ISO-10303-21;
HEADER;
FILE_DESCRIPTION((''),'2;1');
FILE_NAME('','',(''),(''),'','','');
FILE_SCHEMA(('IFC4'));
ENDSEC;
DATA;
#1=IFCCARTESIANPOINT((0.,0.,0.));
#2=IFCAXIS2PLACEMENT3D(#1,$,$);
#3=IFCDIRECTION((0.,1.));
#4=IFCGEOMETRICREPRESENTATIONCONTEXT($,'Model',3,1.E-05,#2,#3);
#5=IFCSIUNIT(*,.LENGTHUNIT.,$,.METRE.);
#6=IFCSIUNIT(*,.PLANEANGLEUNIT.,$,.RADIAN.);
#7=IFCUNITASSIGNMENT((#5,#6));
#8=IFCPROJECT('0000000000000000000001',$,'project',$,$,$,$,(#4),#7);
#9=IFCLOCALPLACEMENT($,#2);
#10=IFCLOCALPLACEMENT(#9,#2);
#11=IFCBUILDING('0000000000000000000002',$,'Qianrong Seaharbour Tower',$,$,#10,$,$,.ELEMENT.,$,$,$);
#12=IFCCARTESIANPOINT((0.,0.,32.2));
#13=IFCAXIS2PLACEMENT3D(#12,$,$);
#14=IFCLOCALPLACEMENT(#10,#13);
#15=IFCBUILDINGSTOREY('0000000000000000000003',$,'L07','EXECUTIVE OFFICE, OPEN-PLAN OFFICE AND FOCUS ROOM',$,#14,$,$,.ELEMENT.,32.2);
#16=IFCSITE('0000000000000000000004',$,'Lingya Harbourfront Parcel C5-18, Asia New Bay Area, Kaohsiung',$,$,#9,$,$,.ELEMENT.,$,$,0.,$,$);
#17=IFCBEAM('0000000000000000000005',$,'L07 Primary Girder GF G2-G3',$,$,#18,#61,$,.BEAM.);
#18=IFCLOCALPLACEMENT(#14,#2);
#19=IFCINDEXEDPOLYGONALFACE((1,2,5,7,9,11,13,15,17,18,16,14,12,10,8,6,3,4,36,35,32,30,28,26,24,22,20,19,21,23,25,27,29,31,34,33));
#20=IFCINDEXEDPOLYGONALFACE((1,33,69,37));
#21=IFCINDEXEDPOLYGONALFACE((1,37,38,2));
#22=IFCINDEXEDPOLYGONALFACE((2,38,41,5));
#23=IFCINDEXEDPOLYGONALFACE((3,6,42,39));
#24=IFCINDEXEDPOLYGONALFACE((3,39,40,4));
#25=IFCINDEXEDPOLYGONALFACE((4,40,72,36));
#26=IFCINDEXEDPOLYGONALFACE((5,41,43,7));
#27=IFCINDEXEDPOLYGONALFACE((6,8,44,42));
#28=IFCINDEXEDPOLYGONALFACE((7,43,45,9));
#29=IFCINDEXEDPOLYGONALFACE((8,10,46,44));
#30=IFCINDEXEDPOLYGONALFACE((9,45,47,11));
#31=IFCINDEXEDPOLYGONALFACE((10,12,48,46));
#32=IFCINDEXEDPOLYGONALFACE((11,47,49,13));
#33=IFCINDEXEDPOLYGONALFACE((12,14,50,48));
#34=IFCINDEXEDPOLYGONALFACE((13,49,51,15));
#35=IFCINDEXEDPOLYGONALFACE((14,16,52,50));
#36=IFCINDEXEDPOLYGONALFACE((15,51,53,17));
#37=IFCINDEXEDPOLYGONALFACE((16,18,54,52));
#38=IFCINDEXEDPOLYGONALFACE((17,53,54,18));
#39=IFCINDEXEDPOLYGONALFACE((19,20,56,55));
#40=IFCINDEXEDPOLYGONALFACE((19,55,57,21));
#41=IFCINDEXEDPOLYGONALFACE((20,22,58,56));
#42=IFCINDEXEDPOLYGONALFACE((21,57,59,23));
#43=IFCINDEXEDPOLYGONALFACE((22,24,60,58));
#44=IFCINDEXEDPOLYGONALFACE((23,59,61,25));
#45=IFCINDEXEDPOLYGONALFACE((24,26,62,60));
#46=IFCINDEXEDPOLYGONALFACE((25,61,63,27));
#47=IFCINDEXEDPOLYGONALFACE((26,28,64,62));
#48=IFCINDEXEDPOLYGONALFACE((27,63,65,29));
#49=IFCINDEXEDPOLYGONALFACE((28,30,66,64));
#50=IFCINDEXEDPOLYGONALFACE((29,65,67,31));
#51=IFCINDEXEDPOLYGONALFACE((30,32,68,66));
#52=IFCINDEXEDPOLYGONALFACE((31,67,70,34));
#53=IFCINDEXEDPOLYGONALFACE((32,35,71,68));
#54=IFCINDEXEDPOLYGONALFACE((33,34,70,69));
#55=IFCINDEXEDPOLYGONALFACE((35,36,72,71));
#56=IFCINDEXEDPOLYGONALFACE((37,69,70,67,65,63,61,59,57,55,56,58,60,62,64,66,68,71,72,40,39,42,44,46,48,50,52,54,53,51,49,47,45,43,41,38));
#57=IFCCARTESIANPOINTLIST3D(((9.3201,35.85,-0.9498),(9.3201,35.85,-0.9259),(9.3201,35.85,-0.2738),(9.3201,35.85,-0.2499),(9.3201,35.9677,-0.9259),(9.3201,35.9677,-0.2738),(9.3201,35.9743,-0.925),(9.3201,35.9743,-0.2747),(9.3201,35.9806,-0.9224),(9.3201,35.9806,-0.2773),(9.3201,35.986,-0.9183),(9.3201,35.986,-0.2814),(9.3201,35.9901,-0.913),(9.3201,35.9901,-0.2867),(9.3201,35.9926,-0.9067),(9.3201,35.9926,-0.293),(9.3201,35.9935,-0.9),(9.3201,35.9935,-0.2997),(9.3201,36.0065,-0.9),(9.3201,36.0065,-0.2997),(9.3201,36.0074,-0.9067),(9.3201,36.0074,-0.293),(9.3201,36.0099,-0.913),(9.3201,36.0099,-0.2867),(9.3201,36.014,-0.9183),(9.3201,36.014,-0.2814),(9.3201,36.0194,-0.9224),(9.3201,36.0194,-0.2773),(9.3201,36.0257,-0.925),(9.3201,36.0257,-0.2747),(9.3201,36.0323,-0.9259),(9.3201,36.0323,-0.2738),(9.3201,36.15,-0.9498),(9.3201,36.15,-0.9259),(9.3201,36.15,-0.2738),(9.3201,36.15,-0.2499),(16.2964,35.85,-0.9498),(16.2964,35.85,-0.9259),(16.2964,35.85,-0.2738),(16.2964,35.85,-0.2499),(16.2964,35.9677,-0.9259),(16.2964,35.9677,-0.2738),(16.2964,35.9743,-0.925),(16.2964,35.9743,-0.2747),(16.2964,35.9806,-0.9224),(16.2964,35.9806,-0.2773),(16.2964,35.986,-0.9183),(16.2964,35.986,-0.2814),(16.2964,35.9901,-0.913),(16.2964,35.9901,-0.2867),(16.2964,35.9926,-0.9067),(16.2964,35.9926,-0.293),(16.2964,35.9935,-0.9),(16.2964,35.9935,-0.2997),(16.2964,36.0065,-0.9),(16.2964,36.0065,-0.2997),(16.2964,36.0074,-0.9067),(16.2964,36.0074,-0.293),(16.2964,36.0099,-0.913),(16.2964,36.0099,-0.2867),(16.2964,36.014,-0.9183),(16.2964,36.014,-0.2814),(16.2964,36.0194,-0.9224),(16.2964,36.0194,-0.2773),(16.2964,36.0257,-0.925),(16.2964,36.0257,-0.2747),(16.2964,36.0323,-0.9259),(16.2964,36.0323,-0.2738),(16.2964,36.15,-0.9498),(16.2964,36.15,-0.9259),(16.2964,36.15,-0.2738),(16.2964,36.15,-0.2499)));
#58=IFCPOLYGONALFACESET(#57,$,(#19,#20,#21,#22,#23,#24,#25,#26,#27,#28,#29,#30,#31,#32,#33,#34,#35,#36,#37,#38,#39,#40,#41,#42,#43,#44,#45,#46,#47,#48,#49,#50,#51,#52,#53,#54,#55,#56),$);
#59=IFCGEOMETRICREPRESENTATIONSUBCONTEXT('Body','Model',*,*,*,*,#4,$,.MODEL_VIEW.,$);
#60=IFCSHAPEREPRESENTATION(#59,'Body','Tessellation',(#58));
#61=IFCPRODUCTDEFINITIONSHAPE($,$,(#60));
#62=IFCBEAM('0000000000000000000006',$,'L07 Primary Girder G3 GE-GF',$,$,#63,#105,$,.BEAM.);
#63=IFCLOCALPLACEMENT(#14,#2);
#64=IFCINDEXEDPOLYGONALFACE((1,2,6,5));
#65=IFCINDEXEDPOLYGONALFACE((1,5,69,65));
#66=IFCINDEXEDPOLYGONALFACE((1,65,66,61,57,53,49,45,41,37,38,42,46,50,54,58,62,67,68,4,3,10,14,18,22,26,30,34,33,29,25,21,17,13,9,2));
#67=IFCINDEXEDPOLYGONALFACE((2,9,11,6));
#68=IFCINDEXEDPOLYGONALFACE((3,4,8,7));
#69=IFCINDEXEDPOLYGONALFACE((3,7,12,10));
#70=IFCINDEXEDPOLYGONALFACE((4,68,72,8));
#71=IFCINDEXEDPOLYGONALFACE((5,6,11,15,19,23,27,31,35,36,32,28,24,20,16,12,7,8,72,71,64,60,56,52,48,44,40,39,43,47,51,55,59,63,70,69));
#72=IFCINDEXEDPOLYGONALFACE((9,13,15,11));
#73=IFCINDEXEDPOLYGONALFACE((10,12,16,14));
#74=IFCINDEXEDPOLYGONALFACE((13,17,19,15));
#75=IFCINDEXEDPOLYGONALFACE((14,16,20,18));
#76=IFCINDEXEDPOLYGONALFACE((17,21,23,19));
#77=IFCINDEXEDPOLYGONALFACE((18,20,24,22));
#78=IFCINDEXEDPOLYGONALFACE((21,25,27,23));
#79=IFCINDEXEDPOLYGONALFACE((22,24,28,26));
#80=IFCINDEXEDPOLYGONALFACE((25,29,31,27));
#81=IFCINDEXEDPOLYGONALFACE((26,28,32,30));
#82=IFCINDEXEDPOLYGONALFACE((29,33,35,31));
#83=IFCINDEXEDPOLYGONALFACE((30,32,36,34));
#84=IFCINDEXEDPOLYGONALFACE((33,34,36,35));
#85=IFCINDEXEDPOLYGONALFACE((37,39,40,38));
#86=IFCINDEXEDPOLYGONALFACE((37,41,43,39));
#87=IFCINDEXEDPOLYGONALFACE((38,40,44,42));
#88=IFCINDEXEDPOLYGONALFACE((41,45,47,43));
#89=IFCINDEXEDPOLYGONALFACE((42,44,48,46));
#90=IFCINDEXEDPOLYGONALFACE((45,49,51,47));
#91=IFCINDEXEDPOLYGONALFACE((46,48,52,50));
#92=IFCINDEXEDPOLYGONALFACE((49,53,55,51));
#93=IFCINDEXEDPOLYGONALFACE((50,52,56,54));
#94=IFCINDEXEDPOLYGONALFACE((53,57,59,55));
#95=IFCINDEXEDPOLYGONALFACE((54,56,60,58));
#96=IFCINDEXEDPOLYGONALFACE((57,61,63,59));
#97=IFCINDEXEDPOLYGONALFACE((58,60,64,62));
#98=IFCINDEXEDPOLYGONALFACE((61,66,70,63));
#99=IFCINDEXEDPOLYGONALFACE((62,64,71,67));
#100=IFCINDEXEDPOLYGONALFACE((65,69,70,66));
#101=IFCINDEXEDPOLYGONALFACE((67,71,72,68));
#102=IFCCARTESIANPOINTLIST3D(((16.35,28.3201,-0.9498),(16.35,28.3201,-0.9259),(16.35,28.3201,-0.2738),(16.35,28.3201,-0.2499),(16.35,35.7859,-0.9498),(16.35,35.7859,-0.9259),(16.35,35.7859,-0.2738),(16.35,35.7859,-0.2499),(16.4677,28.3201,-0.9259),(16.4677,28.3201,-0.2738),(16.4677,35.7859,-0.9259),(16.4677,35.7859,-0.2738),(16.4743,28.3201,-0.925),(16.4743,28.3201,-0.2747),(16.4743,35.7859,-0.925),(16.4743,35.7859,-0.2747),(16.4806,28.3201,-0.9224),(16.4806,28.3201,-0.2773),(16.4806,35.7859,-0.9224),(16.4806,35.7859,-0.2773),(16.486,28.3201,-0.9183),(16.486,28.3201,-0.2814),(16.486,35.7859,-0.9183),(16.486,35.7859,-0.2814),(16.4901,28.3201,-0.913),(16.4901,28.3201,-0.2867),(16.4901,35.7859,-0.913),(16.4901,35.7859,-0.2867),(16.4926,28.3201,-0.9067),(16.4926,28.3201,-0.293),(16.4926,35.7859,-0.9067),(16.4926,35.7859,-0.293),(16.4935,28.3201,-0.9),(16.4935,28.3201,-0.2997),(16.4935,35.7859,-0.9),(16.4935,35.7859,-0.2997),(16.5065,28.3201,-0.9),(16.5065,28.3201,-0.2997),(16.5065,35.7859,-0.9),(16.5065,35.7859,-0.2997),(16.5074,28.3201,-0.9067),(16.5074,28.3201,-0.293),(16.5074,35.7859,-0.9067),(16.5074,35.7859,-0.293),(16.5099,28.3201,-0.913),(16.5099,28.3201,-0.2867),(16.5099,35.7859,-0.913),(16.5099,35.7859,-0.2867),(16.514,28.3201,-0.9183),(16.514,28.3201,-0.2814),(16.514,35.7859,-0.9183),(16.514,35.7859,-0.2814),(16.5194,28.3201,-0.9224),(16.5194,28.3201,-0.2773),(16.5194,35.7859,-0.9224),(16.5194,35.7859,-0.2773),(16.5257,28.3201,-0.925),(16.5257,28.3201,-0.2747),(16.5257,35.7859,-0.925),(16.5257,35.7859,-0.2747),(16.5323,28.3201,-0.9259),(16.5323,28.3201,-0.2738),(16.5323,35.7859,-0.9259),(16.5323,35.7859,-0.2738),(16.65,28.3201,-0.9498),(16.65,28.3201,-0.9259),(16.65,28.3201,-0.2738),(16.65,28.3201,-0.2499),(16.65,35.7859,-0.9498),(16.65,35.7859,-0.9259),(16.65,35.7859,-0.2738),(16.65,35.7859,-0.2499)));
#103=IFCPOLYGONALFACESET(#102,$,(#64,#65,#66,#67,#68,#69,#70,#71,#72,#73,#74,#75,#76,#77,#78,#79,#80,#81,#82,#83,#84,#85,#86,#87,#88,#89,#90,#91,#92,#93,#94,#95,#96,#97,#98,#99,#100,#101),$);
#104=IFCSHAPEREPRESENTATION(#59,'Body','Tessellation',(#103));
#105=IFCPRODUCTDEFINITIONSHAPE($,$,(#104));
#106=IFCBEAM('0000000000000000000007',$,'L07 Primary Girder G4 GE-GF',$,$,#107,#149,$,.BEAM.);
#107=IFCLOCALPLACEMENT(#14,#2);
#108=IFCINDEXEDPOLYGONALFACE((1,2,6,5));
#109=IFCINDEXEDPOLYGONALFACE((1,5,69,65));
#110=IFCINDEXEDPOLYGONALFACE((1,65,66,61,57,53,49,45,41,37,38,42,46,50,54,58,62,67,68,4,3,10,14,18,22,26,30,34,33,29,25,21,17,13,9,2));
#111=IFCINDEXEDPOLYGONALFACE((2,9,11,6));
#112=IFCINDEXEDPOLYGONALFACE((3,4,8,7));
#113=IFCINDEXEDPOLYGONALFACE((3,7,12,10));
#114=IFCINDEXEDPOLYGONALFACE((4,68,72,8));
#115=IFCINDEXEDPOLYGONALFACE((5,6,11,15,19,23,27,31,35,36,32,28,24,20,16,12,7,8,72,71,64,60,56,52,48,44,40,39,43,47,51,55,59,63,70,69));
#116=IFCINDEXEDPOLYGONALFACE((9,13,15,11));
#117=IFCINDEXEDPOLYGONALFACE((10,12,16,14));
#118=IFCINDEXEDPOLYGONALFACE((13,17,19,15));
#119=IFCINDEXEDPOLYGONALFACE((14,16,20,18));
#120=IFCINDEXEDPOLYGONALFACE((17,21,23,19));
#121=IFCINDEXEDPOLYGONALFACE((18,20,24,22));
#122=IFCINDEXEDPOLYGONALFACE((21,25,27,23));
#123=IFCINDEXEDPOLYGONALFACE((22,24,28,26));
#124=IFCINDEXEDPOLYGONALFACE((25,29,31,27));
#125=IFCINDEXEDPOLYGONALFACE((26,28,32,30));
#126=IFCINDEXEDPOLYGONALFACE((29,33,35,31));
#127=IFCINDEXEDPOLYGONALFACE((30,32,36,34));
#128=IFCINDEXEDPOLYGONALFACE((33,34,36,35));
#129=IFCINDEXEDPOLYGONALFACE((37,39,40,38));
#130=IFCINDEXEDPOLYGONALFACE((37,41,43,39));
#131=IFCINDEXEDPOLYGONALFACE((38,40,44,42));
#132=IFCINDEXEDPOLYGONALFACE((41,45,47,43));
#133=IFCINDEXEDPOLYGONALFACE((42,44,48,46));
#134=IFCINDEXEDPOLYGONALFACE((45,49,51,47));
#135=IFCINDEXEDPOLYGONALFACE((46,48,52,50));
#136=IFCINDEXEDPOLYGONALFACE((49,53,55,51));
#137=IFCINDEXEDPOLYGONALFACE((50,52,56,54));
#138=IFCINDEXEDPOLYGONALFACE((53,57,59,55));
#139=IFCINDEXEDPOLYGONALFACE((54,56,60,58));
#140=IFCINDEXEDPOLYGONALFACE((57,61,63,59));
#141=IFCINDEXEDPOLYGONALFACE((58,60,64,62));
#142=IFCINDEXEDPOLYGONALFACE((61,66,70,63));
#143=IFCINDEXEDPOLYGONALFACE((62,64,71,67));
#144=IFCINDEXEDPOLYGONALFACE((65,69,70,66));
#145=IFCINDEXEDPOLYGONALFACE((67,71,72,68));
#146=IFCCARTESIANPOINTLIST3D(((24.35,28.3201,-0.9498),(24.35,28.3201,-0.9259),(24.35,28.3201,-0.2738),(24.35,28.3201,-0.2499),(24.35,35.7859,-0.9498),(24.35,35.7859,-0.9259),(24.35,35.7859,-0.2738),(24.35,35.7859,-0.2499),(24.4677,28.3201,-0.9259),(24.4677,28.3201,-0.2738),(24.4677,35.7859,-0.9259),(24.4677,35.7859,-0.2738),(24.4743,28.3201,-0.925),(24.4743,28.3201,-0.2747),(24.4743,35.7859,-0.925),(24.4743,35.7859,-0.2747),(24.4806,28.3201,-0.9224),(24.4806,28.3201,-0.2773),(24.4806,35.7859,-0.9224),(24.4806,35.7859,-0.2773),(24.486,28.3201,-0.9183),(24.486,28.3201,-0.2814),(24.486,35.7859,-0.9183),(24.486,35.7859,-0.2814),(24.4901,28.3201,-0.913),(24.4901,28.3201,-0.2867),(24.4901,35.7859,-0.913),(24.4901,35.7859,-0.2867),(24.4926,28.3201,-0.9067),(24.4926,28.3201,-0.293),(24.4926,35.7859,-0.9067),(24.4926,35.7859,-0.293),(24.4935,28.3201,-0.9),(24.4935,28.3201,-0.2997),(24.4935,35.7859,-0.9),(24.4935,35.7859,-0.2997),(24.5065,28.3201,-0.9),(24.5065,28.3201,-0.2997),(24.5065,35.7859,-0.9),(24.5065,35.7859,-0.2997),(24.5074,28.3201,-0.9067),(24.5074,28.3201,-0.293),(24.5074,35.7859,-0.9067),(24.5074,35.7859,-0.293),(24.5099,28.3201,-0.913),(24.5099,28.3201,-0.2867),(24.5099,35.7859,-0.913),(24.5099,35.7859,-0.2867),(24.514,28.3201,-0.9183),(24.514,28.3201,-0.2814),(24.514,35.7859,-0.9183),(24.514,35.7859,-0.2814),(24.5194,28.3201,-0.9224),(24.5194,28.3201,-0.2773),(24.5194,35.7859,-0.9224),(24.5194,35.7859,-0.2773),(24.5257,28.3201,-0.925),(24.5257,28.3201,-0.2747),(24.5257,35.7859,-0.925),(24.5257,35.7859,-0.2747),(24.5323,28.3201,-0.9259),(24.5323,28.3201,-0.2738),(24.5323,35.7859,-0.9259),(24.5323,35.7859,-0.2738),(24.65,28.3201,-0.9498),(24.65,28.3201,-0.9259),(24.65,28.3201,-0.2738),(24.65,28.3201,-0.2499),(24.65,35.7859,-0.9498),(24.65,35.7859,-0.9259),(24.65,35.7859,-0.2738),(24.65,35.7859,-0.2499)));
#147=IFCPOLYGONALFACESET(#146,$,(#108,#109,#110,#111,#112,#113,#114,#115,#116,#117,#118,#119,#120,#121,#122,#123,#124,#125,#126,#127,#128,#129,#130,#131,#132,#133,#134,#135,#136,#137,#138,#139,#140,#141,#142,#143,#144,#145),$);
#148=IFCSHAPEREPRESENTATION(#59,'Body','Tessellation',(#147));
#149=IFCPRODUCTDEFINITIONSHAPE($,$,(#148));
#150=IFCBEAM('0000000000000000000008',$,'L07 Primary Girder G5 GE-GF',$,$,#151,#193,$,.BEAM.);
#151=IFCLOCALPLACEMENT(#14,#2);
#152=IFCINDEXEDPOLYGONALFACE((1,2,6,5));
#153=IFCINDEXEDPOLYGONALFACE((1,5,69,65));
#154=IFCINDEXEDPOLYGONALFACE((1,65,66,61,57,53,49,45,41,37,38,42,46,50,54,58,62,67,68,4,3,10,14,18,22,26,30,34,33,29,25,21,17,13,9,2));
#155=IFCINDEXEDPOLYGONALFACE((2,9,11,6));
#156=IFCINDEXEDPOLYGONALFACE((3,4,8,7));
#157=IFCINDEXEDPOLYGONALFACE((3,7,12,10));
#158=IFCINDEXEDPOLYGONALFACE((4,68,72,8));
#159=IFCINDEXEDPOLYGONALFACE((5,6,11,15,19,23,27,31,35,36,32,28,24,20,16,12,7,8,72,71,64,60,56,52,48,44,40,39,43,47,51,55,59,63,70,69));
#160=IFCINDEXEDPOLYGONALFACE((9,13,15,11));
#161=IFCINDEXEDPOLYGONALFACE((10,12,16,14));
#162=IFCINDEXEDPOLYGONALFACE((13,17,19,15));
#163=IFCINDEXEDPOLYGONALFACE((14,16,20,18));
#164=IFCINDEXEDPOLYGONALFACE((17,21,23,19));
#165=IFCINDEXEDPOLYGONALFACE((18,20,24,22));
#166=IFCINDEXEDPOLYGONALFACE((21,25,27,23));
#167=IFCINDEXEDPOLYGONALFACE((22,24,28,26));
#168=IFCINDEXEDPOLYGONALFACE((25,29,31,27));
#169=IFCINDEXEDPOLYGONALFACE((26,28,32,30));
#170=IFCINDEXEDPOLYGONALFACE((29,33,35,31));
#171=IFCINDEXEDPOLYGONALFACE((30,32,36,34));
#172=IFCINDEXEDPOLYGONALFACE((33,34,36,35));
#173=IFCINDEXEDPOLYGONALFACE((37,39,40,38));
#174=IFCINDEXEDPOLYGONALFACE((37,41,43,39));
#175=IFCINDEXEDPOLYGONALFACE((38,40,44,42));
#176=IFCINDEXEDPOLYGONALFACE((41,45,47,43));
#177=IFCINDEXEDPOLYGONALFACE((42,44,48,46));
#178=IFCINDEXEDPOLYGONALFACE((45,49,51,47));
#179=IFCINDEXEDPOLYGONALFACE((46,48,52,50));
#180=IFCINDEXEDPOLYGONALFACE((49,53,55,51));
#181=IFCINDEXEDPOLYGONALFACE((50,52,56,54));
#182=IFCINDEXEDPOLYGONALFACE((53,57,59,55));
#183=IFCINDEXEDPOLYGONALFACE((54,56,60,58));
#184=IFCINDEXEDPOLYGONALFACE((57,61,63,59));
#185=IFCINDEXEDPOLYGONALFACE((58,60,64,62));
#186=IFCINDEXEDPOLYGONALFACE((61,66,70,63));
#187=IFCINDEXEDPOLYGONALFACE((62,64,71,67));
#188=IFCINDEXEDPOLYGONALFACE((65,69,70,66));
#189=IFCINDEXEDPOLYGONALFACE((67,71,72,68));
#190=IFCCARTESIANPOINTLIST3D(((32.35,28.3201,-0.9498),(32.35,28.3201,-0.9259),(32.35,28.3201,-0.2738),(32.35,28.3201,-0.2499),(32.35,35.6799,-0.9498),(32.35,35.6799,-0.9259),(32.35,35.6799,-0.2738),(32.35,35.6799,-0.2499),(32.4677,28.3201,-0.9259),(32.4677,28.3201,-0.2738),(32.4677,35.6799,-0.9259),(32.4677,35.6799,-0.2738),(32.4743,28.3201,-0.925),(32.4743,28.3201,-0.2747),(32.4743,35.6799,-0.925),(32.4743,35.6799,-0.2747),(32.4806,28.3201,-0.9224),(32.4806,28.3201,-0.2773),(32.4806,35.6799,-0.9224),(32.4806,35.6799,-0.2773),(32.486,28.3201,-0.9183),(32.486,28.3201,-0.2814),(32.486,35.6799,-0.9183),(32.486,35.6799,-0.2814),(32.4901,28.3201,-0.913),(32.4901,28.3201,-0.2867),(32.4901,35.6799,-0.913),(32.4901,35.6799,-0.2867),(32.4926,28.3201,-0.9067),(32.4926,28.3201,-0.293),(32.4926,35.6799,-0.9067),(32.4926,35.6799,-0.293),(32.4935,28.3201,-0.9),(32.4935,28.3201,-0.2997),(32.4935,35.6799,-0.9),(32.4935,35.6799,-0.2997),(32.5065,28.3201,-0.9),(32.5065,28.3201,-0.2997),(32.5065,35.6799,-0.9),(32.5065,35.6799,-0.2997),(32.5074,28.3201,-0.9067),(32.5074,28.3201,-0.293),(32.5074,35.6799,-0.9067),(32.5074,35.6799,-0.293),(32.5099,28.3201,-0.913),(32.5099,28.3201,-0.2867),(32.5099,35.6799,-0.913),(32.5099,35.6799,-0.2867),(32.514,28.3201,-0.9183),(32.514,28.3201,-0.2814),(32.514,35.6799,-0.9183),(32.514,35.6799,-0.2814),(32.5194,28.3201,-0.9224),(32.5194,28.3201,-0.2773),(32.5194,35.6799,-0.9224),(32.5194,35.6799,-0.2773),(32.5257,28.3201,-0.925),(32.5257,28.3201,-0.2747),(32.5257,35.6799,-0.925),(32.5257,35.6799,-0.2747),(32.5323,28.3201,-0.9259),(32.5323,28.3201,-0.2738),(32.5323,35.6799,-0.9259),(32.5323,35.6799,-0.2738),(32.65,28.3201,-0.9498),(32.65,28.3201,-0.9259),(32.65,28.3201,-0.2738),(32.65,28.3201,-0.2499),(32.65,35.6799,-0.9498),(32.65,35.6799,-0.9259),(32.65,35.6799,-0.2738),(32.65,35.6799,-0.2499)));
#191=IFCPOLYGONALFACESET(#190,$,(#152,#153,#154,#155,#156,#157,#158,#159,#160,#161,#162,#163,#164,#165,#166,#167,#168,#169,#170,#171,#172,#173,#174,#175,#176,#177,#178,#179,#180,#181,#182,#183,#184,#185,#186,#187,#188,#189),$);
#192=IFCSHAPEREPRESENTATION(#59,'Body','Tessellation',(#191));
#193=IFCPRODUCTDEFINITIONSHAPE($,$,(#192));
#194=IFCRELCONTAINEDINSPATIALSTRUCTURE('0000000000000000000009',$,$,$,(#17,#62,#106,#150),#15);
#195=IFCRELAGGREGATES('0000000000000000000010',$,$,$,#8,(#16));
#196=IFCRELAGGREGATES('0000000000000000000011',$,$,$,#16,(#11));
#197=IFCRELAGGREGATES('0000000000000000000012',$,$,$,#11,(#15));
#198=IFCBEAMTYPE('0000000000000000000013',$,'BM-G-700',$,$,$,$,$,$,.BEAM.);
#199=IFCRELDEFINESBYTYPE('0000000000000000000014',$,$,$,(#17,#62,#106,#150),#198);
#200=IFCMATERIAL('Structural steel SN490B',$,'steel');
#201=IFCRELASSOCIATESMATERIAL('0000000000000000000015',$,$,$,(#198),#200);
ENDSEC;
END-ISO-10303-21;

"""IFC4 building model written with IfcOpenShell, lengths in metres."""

from ifc_helpers import new_model, si_unit, direction, frame, origin, origin_2d, place, context, subcontext, project, spatial, i_section, extrude, material, material_profile, profile_set, type_object, element, save


model = new_model("IFC4")

# Units and contexts
model_context = context("Model", 3, precision=1e-05, world=origin(), true_north=direction((0.0, 1.0)))
body_context = subcontext(model_context, "Body", "Model", "MODEL_VIEW")
ifc_project = project(units=[si_unit("LENGTHUNIT", "METRE"), si_unit("PLANEANGLEUNIT", "RADIAN")], contexts=[model_context])

# Site, building, storey
site_placement = place(None, origin())
site = spatial("IfcSite", under=ifc_project, at=site_placement, Name="Lingya Harbourfront Parcel C5-18, Asia New Bay Area, Kaohsiung", CompositionType="ELEMENT", RefElevation=0.0)
building_placement = place(site_placement, origin())
building = spatial("IfcBuilding", under=site, at=building_placement, Name="Qianrong Seaharbour Tower", CompositionType="ELEMENT")
storey_placement = place(building_placement, frame((0.0, 0.0, 32.2)))
storey = spatial("IfcBuildingStorey", under=building, at=storey_placement, Name="L07", Description="EXECUTIVE OFFICE, OPEN-PLAN OFFICE AND FOCUS ROOM", CompositionType="ELEMENT", Elevation=32.2)

# Shared definitions
ifc_material_1 = material(Name="Structural steel SN490B", Category="steel")

# Beams
ifc_material_profile_1 = material_profile(ifc_material_1, i_section(OverallWidth=0.3, OverallDepth=0.7, WebThickness=0.0129, FlangeThickness=0.0239, FilletRadius=0.0259, at=origin_2d()), Name="H700x300x13x24")
ifc_profile_set_1 = profile_set([ifc_material_profile_1], Name="Structural steel SN490B")
beam_type_1 = type_object("IfcBeamType", Name="BM-G-700", PredefinedType="BEAM", material=ifc_profile_set_1)
beam_1_placement = place(storey_placement, frame((9.3201, 36.0, -0.5999), z_axis=(1.0, 0.0, 0.0), x_axis=(0.0, 1.0, 0.0)))
element("IfcBeam", 1, at=beam_1_placement, inside=storey, type_object=beam_type_1, Name="L07 Primary Girder GF G2-G3", PredefinedType="BEAM", context=body_context, shape_type="SweptSolid", body=[
    extrude(i_section(OverallWidth=0.3, OverallDepth=0.7, WebThickness=0.0129, FlangeThickness=0.0239, FilletRadius=0.0259, at=origin_2d()), origin(), (0.0, 0.0, 1.0), 6.9763),
])
for number, where, z_axis, x_axis, name in (
    (2, (16.5, 28.3201, -0.5999), (0.0, 1.0, 0.0), (-1.0, 0.0, 0.0), "L07 Primary Girder G3 GE-GF"),
    (3, (24.5, 28.3201, -0.5999), (0.0, 1.0, 0.0), (-1.0, 0.0, 0.0), "L07 Primary Girder G4 GE-GF"),
):
    element("IfcBeam", number, at=place(storey_placement, frame(where, z_axis=z_axis, x_axis=x_axis)), inside=storey, type_object=beam_type_1, Name=name, PredefinedType="BEAM", context=body_context, shape_type="SweptSolid", body=[
        extrude(i_section(OverallWidth=0.3, OverallDepth=0.7, WebThickness=0.0129, FlangeThickness=0.0239, FilletRadius=0.0259, at=origin_2d()), origin(), (0.0, 0.0, 1.0), 7.4658),
    ])
beam_2_placement = place(storey_placement, frame((32.5, 28.3201, -0.5999), z_axis=(0.0, 1.0, 0.0), x_axis=(-1.0, 0.0, 0.0)))
element("IfcBeam", 4, at=beam_2_placement, inside=storey, type_object=beam_type_1, Name="L07 Primary Girder G5 GE-GF", PredefinedType="BEAM", context=body_context, shape_type="SweptSolid", body=[
    extrude(i_section(OverallWidth=0.3, OverallDepth=0.7, WebThickness=0.0129, FlangeThickness=0.0239, FilletRadius=0.0259, at=origin_2d()), origin(), (0.0, 0.0, 1.0), 7.3599),
])

save(model, "model.ifc")
